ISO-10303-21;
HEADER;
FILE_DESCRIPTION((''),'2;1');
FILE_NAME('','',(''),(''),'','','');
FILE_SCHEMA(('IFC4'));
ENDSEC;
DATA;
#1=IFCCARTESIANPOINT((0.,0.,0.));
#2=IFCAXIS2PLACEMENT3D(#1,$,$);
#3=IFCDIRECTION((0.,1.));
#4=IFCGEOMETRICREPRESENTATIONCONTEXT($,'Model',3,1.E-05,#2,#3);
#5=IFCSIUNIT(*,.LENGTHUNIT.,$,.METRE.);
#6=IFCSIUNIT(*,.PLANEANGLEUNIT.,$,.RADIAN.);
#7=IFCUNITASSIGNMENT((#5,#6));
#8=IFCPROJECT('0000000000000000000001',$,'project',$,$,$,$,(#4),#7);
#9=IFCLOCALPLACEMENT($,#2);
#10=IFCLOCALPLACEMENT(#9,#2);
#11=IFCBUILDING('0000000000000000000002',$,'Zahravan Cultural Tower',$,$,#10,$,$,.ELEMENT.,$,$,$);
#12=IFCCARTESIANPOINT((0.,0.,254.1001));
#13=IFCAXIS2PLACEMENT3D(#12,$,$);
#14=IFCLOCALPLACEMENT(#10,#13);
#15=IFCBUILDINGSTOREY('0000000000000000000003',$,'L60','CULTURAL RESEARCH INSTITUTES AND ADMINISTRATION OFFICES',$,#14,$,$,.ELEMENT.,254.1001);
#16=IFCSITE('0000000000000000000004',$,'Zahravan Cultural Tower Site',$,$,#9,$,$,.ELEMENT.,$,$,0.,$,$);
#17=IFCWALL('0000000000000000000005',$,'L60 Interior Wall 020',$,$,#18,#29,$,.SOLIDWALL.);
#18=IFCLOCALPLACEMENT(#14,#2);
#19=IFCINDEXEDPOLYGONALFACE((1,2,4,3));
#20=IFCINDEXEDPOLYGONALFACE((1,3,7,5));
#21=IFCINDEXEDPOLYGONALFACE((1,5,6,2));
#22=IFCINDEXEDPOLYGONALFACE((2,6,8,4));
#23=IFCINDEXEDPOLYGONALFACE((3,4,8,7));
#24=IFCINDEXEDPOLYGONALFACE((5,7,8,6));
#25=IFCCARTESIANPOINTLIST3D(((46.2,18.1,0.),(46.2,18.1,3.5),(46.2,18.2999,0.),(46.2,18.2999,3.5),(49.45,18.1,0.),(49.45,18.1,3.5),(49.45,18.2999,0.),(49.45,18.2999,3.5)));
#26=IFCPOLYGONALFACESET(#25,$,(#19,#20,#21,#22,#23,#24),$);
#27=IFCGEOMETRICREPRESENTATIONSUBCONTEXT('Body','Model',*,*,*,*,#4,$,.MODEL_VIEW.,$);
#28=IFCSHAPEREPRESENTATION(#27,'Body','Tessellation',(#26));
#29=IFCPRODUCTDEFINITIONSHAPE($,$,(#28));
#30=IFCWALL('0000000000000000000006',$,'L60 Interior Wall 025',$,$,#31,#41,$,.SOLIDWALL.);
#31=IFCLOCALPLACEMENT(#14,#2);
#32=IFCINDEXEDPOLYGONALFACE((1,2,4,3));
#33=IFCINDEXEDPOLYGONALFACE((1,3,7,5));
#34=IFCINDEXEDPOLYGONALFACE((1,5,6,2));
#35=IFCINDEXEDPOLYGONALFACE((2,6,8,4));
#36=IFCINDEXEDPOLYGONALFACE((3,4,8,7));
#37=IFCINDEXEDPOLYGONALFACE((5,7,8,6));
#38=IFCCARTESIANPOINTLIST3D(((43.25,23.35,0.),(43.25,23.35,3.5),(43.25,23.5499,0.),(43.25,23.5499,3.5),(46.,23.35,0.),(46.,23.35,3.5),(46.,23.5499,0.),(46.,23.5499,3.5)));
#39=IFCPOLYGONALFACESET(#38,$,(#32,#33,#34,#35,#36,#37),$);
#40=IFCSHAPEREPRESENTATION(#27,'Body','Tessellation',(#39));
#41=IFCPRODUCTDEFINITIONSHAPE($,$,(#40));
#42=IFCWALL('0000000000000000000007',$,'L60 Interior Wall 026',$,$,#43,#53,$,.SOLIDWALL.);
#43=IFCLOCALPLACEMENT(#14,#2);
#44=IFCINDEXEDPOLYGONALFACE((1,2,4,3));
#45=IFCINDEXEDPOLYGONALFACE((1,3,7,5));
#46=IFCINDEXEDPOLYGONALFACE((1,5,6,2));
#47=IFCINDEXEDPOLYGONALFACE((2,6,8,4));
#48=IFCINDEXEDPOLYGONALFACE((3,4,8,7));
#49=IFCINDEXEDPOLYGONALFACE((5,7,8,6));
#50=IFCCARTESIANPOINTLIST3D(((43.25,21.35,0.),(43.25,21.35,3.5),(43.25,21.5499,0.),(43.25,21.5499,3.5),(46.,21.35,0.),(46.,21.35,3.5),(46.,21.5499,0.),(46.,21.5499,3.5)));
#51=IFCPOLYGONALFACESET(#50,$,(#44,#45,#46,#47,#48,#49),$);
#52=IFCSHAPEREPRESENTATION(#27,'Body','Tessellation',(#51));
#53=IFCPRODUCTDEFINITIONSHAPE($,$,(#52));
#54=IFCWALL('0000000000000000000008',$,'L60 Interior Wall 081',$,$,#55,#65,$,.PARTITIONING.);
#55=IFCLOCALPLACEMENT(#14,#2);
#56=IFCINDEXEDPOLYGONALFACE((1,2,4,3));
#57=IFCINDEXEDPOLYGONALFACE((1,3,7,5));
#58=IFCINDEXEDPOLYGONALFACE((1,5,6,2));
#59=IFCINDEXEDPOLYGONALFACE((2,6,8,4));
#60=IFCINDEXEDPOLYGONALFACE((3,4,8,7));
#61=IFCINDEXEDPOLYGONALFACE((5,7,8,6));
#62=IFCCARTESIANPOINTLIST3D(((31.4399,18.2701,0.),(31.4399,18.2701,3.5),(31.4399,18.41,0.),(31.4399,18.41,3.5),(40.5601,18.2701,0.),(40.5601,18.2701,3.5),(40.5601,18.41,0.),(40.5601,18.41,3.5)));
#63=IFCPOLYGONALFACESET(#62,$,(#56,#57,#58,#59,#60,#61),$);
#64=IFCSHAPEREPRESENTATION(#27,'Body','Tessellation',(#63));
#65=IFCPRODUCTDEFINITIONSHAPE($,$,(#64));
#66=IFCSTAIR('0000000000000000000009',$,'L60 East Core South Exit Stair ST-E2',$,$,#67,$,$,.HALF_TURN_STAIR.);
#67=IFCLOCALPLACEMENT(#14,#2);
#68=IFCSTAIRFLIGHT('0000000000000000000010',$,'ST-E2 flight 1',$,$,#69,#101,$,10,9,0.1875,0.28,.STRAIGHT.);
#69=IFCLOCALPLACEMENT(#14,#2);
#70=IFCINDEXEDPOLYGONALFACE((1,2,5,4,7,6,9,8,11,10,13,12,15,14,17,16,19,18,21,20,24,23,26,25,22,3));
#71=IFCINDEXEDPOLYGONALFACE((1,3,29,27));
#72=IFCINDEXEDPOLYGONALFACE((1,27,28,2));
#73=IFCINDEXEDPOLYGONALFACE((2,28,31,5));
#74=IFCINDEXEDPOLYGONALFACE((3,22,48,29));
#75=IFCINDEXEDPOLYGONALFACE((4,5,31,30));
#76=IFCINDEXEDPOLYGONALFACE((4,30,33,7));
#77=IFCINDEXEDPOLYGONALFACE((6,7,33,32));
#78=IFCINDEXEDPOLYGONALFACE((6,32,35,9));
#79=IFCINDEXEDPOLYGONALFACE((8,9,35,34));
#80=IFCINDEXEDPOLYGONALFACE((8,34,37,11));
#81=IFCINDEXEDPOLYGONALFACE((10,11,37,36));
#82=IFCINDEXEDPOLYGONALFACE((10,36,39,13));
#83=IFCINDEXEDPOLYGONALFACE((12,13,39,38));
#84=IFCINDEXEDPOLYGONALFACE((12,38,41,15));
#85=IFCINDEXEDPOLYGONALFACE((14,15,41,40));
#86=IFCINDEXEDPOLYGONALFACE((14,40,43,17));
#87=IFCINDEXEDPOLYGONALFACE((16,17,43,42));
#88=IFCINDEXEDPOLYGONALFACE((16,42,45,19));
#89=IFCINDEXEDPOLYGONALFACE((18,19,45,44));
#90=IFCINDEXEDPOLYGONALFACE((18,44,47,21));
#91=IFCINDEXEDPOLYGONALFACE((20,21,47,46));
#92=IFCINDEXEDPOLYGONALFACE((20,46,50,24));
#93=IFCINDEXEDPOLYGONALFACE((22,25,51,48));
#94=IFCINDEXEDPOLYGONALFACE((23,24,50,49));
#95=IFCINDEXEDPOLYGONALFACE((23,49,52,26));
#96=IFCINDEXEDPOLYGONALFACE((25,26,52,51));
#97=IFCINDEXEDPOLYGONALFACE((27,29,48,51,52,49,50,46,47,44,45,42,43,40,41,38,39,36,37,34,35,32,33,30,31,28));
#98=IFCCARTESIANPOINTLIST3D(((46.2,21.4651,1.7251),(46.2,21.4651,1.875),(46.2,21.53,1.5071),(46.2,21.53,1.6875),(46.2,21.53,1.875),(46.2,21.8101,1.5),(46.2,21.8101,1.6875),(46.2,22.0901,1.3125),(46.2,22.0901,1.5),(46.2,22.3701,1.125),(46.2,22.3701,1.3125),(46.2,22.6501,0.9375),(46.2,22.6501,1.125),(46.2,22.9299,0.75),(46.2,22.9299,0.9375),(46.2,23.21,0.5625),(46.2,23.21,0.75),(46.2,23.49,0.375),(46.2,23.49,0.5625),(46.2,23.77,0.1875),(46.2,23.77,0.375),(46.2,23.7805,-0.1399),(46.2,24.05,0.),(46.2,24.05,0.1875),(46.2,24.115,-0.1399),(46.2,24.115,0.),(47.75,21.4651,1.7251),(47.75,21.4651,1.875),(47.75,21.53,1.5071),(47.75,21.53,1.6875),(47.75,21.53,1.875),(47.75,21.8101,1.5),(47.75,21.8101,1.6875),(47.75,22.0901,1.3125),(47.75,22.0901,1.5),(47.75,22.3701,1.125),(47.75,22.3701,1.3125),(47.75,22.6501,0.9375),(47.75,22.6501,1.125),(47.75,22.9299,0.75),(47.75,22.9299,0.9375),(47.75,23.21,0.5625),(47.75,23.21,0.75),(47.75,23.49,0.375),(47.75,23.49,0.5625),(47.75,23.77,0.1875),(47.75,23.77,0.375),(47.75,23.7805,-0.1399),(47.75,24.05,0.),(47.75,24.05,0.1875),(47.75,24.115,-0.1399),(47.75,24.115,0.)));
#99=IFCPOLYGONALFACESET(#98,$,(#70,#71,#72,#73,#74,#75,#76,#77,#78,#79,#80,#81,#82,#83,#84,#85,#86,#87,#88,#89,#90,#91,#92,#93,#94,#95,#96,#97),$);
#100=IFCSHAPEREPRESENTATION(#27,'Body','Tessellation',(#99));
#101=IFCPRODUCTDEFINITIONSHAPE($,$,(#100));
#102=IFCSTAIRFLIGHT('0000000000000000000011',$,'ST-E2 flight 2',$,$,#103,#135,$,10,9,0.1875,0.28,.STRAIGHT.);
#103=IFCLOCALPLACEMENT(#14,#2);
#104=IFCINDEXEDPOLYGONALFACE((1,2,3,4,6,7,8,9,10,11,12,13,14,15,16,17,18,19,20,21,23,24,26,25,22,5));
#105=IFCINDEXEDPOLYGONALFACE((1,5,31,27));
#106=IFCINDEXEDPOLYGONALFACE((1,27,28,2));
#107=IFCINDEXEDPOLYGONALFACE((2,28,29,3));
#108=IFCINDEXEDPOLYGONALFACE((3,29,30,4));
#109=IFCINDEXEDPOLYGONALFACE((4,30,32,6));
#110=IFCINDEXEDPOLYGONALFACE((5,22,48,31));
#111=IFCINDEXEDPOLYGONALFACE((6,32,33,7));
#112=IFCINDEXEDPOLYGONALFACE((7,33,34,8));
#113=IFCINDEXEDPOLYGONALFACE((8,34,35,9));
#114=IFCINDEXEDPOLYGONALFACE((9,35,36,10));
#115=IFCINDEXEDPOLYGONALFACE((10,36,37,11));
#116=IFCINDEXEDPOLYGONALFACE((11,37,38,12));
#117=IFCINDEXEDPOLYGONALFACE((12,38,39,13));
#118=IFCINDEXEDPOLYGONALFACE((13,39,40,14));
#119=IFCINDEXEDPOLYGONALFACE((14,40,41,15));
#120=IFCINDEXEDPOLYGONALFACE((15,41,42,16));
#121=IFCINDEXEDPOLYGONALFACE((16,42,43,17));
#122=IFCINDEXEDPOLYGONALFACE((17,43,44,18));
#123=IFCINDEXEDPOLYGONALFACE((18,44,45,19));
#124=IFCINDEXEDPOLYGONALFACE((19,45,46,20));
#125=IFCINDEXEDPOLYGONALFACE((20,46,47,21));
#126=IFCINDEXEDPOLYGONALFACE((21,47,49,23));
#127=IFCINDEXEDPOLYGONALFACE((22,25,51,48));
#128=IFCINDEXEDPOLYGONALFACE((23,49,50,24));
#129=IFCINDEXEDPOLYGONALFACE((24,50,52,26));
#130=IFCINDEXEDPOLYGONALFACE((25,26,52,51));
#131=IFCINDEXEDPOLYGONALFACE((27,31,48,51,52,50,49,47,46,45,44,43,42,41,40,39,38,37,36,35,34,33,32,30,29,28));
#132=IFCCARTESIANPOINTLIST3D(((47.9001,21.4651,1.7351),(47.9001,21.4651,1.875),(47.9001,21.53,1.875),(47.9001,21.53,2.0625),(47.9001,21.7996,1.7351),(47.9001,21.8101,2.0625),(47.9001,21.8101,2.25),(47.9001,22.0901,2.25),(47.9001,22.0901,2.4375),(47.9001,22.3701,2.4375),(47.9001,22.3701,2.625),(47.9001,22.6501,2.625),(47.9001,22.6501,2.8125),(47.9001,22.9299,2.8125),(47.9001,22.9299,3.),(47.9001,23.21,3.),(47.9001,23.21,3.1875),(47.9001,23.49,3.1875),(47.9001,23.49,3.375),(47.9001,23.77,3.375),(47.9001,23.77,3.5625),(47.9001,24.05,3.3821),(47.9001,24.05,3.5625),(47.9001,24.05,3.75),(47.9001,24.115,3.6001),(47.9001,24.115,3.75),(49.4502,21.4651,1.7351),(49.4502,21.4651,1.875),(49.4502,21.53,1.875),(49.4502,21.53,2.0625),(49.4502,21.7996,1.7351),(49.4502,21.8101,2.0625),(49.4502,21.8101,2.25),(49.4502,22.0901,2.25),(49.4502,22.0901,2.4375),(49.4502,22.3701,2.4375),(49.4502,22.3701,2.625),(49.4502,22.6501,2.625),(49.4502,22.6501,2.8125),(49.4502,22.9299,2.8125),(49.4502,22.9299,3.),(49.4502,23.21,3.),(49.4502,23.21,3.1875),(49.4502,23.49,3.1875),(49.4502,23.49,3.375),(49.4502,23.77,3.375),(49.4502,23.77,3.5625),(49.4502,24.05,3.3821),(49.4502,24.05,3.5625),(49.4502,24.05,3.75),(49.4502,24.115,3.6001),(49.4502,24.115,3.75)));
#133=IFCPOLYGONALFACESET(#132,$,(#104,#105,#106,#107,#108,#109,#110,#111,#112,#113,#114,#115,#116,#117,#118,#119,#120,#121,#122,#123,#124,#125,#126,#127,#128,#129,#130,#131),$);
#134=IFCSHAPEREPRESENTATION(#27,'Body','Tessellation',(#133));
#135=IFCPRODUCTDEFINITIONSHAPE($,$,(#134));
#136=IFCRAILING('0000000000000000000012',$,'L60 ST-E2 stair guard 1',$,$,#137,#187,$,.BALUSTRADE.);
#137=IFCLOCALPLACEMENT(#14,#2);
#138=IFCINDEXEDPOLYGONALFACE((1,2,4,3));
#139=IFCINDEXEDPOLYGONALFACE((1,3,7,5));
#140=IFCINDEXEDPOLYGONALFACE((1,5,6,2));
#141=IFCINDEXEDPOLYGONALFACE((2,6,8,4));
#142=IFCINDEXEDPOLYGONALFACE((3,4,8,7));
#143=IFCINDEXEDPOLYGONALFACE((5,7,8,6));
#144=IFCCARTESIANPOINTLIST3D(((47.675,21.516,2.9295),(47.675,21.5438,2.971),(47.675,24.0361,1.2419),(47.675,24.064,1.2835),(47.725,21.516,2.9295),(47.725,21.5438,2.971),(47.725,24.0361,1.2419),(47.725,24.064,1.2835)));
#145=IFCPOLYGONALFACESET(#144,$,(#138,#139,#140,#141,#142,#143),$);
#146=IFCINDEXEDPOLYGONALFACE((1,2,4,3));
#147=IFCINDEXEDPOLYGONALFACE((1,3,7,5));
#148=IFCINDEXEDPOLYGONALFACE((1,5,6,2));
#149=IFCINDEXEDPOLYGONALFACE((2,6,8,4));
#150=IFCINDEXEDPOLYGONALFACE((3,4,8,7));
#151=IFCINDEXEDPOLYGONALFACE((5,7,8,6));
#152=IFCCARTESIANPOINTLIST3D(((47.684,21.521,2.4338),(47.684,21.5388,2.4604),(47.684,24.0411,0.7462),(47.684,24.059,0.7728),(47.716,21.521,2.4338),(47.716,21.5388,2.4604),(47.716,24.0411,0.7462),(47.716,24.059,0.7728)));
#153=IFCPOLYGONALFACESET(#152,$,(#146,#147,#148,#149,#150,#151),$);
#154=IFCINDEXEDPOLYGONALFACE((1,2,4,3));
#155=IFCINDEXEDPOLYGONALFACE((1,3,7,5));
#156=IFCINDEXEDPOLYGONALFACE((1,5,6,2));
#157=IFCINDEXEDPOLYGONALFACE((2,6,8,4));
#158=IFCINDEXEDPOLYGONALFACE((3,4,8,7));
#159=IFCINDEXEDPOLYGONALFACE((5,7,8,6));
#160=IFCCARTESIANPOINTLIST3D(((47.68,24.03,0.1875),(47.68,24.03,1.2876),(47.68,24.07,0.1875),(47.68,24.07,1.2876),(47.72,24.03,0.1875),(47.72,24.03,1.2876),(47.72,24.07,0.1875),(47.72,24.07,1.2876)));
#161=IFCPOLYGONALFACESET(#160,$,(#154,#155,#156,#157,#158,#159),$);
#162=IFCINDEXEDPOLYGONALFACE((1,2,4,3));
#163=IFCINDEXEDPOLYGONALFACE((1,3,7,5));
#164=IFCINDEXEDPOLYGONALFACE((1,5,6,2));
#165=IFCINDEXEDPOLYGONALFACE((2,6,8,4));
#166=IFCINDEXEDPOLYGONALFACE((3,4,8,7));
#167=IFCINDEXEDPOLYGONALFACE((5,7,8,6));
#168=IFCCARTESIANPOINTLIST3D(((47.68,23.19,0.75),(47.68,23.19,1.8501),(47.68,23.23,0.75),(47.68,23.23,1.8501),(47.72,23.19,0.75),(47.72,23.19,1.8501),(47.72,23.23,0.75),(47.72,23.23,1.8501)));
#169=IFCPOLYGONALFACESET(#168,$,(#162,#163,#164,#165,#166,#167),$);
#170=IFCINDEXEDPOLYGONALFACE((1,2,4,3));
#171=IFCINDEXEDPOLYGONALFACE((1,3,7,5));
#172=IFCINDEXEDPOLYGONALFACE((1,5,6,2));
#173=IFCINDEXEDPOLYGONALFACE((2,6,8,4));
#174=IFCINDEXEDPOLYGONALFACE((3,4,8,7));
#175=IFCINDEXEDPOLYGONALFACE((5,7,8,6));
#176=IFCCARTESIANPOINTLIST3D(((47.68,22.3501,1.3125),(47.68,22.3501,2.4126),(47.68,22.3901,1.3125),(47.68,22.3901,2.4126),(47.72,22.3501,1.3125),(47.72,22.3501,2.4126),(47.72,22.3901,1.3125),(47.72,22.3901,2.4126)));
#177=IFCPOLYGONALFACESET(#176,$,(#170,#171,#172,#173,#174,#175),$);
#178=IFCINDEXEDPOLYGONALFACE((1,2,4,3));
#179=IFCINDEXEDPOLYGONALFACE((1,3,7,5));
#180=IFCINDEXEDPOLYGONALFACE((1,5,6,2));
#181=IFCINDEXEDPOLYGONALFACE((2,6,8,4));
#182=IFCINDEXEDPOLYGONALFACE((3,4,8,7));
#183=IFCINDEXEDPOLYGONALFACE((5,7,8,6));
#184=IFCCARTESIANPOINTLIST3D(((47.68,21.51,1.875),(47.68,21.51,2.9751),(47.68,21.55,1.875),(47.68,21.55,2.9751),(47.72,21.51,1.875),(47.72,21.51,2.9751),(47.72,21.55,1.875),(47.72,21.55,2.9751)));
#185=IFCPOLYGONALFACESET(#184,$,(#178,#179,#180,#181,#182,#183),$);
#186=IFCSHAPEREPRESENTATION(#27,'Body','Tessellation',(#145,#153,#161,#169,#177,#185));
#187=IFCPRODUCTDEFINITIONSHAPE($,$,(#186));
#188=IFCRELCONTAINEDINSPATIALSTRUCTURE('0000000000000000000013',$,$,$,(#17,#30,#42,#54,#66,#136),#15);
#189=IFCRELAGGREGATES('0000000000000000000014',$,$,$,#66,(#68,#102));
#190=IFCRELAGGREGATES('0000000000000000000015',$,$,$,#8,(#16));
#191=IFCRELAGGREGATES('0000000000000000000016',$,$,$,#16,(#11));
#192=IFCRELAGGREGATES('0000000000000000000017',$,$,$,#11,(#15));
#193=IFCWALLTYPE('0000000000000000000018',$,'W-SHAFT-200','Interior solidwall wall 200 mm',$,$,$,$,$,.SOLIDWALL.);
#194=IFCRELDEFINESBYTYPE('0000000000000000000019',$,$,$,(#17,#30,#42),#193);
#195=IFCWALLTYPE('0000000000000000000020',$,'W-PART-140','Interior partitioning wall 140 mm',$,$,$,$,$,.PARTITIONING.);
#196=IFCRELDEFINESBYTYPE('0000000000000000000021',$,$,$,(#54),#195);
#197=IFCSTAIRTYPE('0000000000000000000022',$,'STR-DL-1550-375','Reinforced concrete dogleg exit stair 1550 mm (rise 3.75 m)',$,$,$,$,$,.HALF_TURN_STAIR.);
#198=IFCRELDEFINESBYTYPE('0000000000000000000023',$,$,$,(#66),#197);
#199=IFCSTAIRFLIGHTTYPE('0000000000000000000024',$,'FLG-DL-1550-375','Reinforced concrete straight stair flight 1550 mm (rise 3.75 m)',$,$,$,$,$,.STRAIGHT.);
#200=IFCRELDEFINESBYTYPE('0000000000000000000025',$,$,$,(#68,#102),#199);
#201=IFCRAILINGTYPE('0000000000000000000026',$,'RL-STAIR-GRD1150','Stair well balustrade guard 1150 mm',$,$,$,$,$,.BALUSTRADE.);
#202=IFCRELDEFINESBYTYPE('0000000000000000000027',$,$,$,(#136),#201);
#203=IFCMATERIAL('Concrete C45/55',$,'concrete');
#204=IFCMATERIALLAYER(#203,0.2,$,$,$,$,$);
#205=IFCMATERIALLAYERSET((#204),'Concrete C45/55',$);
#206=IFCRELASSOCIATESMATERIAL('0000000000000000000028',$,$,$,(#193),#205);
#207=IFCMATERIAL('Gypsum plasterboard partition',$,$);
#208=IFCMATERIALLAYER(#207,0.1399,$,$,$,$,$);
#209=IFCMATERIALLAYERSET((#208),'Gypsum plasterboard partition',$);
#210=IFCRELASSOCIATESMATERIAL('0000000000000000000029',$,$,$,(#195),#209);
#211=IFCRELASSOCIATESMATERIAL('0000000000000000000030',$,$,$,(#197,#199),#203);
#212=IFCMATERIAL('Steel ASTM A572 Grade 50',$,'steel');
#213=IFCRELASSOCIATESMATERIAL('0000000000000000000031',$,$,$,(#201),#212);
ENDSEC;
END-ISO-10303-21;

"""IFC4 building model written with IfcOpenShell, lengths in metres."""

from ifc_helpers import new_model, si_unit, direction, frame, frame_2d, origin, origin_2d, place, context, subcontext, project, spatial, polyline, rectangle, outline, extrude, source, transform, mapped, material, layer, layer_set, type_object, element, aggregate, save


model = new_model("IFC4")

# Units and contexts
model_context = context("Model", 3, precision=1e-05, world=origin(), true_north=direction((0.0, 1.0)))
body_context = subcontext(model_context, "Body", "Model", "MODEL_VIEW")
ifc_project = project(units=[si_unit("LENGTHUNIT", "METRE"), si_unit("PLANEANGLEUNIT", "RADIAN")], contexts=[model_context])

# Site, building, storey
site_placement = place(None, origin())
site = spatial("IfcSite", under=ifc_project, at=site_placement, Name="Zahravan Cultural Tower Site", CompositionType="ELEMENT", RefElevation=0.0)
building_placement = place(site_placement, origin())
building = spatial("IfcBuilding", under=site, at=building_placement, Name="Zahravan Cultural Tower", CompositionType="ELEMENT")
storey_placement = place(building_placement, frame((0.0, 0.0, 254.1001)))
storey = spatial("IfcBuildingStorey", under=building, at=storey_placement, Name="L60", Description="CULTURAL RESEARCH INSTITUTES AND ADMINISTRATION OFFICES", CompositionType="ELEMENT", Elevation=254.1001)

# Shared definitions
ifc_material_1 = material(Name="Concrete C45/55", Category="concrete")
ifc_layer_1 = layer(ifc_material_1, 0.2)
ifc_layer_set_1 = layer_set([ifc_layer_1], Name="Concrete C45/55")
wall_type_1 = type_object("IfcWallType", Name="W-SHAFT-200", Description="Interior solidwall wall 200 mm", PredefinedType="SOLIDWALL", material=ifc_layer_set_1)
ifc_material_2 = material(Name="Steel ASTM A572 Grade 50", Category="steel")

# Walls
shared_shape_1 = source(origin(), body_context, "Body", "SweptSolid", [
    extrude(rectangle(XDim=3.25, YDim=0.2, at=frame_2d((1.625, 0.0))), origin(), (0.0, 0.0, 1.0), 3.5),
])
wall_1_placement = place(storey_placement, frame((46.2, 18.2, 0.0), z_axis=(0.0, 0.0, 1.0), x_axis=(1.0, 0.0, 0.0)))
element("IfcWall", 1, at=wall_1_placement, inside=storey, type_object=wall_type_1, Name="L60 Interior Wall 020", PredefinedType="SOLIDWALL", context=body_context, shape_type="MappedRepresentation", body=[
    mapped(shared_shape_1, transform((0.0, 0.0, 0.0), x_axis=(1.0, 0.0, 0.0), y_axis=(0.0, 1.0, 0.0), z_axis=(0.0, 0.0, 1.0), scale=1.0)),
])
shared_shape_2 = source(origin(), body_context, "Body", "SweptSolid", [
    extrude(rectangle(XDim=2.75, YDim=0.2, at=frame_2d((1.375, 0.0))), origin(), (0.0, 0.0, 1.0), 3.5),
])
for number, where, z_axis, x_axis, name in (
    (2, (43.25, 23.45, 0.0), (0.0, 0.0, 1.0), (1.0, 0.0, 0.0), "L60 Interior Wall 025"),
    (3, (43.25, 21.45, 0.0), (0.0, 0.0, 1.0), (1.0, 0.0, 0.0), "L60 Interior Wall 026"),
):
    element("IfcWall", number, at=place(storey_placement, frame(where, z_axis=z_axis, x_axis=x_axis)), inside=storey, type_object=wall_type_1, Name=name, PredefinedType="SOLIDWALL", context=body_context, shape_type="MappedRepresentation", body=[
        mapped(shared_shape_2, transform((0.0, 0.0, 0.0), x_axis=(1.0, 0.0, 0.0), y_axis=(0.0, 1.0, 0.0), z_axis=(0.0, 0.0, 1.0), scale=1.0)),
    ])
ifc_material_3 = material(Name="Gypsum plasterboard partition")
ifc_layer_2 = layer(ifc_material_3, 0.1399)
ifc_layer_set_2 = layer_set([ifc_layer_2], Name="Gypsum plasterboard partition")
wall_type_2 = type_object("IfcWallType", Name="W-PART-140", Description="Interior partitioning wall 140 mm", PredefinedType="PARTITIONING", material=ifc_layer_set_2)
shared_shape_3 = source(origin(), body_context, "Body", "SweptSolid", [
    extrude(rectangle(XDim=9.1201, YDim=0.1399, at=frame_2d((4.5601, 0.0))), origin(), (0.0, 0.0, 1.0), 3.5),
])
wall_2_placement = place(storey_placement, frame((40.5601, 18.3401, 0.0), z_axis=(0.0, 0.0, 1.0), x_axis=(-1.0, 0.0, 0.0)))
element("IfcWall", 4, at=wall_2_placement, inside=storey, type_object=wall_type_2, Name="L60 Interior Wall 081", PredefinedType="PARTITIONING", context=body_context, shape_type="MappedRepresentation", body=[
    mapped(shared_shape_3, transform((0.0, 0.0, 0.0), x_axis=(1.0, 0.0, 0.0), y_axis=(0.0, 1.0, 0.0), z_axis=(0.0, 0.0, 1.0), scale=1.0)),
])

# Stair, stair flights
stair_type = type_object("IfcStairType", Name="STR-DL-1550-375", Description="Reinforced concrete dogleg exit stair 1550 mm (rise 3.75 m)", PredefinedType="HALF_TURN_STAIR", material=ifc_material_1)
stair_placement = place(storey_placement, origin())
stair = element("IfcStair", 5, at=stair_placement, inside=storey, type_object=stair_type, Name="L60 East Core South Exit Stair ST-E2", PredefinedType="HALF_TURN_STAIR")
stair_flight_type = type_object("IfcStairFlightType", Name="FLG-DL-1550-375", Description="Reinforced concrete straight stair flight 1550 mm (rise 3.75 m)", PredefinedType="STRAIGHT", material=ifc_material_1)
stair_flight_1_placement = place(storey_placement, frame((46.9751, 24.05, 0.0), z_axis=(0.0, 0.0, 1.0), x_axis=(0.0, -1.0, 0.0)))
stair_flight_1 = element("IfcStairFlight", 6, at=stair_flight_1_placement, type_object=stair_flight_type, Name="ST-E2 flight 1", NumberOfRisers=10, NumberOfTreads=9, PredefinedType="STRAIGHT", RiserHeight=0.1875, TreadLength=0.28, context=body_context, shape_type="SweptSolid", body=[
    extrude(outline(polyline([(-0.0649, -0.1399), (-0.0649, 0.0), (0.0, 0.0), (0.0, 0.1875), (0.28, 0.1875), (0.28, 0.375), (0.5601, 0.375), (0.5601, 0.5625), (0.8401, 0.5625), (0.8401, 0.75), (1.1201, 0.75), (1.1201, 0.9375), (1.3999, 0.9375), (1.3999, 1.125), (1.6799, 1.125), (1.6799, 1.3125), (1.96, 1.3125), (1.96, 1.5), (2.24, 1.5), (2.24, 1.6875), (2.52, 1.6875), (2.52, 1.875), (2.585, 1.875), (2.585, 1.7251), (2.52, 1.5071), (0.2695, -0.1399), (-0.0649, -0.1399)])), frame((0.0, 0.7749, 0.0), z_axis=(0.0, -1.0, 0.0), x_axis=(1.0, 0.0, 0.0)), (0.0, 0.0, 1.0), 1.55),
])
stair_flight_2_placement = place(storey_placement, frame((48.675, 21.53, 1.875), z_axis=(0.0, 0.0, 1.0), x_axis=(0.0, 1.0, 0.0)))
stair_flight_2 = element("IfcStairFlight", 7, at=stair_flight_2_placement, type_object=stair_flight_type, Name="ST-E2 flight 2", NumberOfRisers=10, NumberOfTreads=9, PredefinedType="STRAIGHT", RiserHeight=0.1875, TreadLength=0.28, context=body_context, shape_type="SweptSolid", body=[
    extrude(outline(polyline([(-0.0649, -0.1399), (-0.0649, 0.0), (0.0, 0.0), (0.0, 0.1875), (0.28, 0.1875), (0.28, 0.375), (0.5601, 0.375), (0.5601, 0.5625), (0.8401, 0.5625), (0.8401, 0.75), (1.1201, 0.75), (1.1201, 0.9375), (1.3999, 0.9375), (1.3999, 1.125), (1.6799, 1.125), (1.6799, 1.3125), (1.96, 1.3125), (1.96, 1.5), (2.24, 1.5), (2.24, 1.6875), (2.52, 1.6875), (2.52, 1.875), (2.585, 1.875), (2.585, 1.7251), (2.52, 1.5071), (0.2695, -0.1399), (-0.0649, -0.1399)])), frame((0.0, 0.7749, 0.0), z_axis=(0.0, -1.0, 0.0), x_axis=(1.0, 0.0, 0.0)), (0.0, 0.0, 1.0), 1.55),
])
aggregate(stair, [stair_flight_1, stair_flight_2])

# Railing
railing_type_1 = type_object("IfcRailingType", Name="RL-STAIR-GRD1150", Description="Stair well balustrade guard 1150 mm", PredefinedType="BALUSTRADE", material=ifc_material_2)
railing_1_placement = place(storey_placement, frame((47.7, 24.05, 0.1875)))
element("IfcRailing", 8, at=railing_1_placement, inside=storey, type_object=railing_type_1, Name="L60 ST-E2 stair guard 1", PredefinedType="BALUSTRADE", context=body_context, shape_type="SweptSolid", body=[
    extrude(rectangle(XDim=0.05, YDim=0.05, at=origin_2d()), frame((0.0, 0.0, 1.0752), z_axis=(0.0, -0.830909, 0.556408), x_axis=(1.0, 0.0, 0.0)), (0.0, 0.0, 1.0), 3.033),
    extrude(rectangle(XDim=0.032, YDim=0.032, at=origin_2d()), frame((0.0, 0.0, 0.572), z_axis=(0.0, -0.830909, 0.556408), x_axis=(1.0, 0.0, 0.0)), (0.0, 0.0, 1.0), 3.033),
    extrude(rectangle(XDim=0.04, YDim=0.04, at=origin_2d()), origin(), (0.0, 0.0, 1.0), 1.1001),
    extrude(rectangle(XDim=0.04, YDim=0.04, at=origin_2d()), frame((0.0, -0.8401, 0.5625)), (0.0, 0.0, 1.0), 1.1001),
    extrude(rectangle(XDim=0.04, YDim=0.04, at=origin_2d()), frame((0.0, -1.6799, 1.125)), (0.0, 0.0, 1.0), 1.1001),
    extrude(rectangle(XDim=0.04, YDim=0.04, at=origin_2d()), frame((0.0, -2.52, 1.6875)), (0.0, 0.0, 1.0), 1.1001),
])

save(model, "model.ifc")
